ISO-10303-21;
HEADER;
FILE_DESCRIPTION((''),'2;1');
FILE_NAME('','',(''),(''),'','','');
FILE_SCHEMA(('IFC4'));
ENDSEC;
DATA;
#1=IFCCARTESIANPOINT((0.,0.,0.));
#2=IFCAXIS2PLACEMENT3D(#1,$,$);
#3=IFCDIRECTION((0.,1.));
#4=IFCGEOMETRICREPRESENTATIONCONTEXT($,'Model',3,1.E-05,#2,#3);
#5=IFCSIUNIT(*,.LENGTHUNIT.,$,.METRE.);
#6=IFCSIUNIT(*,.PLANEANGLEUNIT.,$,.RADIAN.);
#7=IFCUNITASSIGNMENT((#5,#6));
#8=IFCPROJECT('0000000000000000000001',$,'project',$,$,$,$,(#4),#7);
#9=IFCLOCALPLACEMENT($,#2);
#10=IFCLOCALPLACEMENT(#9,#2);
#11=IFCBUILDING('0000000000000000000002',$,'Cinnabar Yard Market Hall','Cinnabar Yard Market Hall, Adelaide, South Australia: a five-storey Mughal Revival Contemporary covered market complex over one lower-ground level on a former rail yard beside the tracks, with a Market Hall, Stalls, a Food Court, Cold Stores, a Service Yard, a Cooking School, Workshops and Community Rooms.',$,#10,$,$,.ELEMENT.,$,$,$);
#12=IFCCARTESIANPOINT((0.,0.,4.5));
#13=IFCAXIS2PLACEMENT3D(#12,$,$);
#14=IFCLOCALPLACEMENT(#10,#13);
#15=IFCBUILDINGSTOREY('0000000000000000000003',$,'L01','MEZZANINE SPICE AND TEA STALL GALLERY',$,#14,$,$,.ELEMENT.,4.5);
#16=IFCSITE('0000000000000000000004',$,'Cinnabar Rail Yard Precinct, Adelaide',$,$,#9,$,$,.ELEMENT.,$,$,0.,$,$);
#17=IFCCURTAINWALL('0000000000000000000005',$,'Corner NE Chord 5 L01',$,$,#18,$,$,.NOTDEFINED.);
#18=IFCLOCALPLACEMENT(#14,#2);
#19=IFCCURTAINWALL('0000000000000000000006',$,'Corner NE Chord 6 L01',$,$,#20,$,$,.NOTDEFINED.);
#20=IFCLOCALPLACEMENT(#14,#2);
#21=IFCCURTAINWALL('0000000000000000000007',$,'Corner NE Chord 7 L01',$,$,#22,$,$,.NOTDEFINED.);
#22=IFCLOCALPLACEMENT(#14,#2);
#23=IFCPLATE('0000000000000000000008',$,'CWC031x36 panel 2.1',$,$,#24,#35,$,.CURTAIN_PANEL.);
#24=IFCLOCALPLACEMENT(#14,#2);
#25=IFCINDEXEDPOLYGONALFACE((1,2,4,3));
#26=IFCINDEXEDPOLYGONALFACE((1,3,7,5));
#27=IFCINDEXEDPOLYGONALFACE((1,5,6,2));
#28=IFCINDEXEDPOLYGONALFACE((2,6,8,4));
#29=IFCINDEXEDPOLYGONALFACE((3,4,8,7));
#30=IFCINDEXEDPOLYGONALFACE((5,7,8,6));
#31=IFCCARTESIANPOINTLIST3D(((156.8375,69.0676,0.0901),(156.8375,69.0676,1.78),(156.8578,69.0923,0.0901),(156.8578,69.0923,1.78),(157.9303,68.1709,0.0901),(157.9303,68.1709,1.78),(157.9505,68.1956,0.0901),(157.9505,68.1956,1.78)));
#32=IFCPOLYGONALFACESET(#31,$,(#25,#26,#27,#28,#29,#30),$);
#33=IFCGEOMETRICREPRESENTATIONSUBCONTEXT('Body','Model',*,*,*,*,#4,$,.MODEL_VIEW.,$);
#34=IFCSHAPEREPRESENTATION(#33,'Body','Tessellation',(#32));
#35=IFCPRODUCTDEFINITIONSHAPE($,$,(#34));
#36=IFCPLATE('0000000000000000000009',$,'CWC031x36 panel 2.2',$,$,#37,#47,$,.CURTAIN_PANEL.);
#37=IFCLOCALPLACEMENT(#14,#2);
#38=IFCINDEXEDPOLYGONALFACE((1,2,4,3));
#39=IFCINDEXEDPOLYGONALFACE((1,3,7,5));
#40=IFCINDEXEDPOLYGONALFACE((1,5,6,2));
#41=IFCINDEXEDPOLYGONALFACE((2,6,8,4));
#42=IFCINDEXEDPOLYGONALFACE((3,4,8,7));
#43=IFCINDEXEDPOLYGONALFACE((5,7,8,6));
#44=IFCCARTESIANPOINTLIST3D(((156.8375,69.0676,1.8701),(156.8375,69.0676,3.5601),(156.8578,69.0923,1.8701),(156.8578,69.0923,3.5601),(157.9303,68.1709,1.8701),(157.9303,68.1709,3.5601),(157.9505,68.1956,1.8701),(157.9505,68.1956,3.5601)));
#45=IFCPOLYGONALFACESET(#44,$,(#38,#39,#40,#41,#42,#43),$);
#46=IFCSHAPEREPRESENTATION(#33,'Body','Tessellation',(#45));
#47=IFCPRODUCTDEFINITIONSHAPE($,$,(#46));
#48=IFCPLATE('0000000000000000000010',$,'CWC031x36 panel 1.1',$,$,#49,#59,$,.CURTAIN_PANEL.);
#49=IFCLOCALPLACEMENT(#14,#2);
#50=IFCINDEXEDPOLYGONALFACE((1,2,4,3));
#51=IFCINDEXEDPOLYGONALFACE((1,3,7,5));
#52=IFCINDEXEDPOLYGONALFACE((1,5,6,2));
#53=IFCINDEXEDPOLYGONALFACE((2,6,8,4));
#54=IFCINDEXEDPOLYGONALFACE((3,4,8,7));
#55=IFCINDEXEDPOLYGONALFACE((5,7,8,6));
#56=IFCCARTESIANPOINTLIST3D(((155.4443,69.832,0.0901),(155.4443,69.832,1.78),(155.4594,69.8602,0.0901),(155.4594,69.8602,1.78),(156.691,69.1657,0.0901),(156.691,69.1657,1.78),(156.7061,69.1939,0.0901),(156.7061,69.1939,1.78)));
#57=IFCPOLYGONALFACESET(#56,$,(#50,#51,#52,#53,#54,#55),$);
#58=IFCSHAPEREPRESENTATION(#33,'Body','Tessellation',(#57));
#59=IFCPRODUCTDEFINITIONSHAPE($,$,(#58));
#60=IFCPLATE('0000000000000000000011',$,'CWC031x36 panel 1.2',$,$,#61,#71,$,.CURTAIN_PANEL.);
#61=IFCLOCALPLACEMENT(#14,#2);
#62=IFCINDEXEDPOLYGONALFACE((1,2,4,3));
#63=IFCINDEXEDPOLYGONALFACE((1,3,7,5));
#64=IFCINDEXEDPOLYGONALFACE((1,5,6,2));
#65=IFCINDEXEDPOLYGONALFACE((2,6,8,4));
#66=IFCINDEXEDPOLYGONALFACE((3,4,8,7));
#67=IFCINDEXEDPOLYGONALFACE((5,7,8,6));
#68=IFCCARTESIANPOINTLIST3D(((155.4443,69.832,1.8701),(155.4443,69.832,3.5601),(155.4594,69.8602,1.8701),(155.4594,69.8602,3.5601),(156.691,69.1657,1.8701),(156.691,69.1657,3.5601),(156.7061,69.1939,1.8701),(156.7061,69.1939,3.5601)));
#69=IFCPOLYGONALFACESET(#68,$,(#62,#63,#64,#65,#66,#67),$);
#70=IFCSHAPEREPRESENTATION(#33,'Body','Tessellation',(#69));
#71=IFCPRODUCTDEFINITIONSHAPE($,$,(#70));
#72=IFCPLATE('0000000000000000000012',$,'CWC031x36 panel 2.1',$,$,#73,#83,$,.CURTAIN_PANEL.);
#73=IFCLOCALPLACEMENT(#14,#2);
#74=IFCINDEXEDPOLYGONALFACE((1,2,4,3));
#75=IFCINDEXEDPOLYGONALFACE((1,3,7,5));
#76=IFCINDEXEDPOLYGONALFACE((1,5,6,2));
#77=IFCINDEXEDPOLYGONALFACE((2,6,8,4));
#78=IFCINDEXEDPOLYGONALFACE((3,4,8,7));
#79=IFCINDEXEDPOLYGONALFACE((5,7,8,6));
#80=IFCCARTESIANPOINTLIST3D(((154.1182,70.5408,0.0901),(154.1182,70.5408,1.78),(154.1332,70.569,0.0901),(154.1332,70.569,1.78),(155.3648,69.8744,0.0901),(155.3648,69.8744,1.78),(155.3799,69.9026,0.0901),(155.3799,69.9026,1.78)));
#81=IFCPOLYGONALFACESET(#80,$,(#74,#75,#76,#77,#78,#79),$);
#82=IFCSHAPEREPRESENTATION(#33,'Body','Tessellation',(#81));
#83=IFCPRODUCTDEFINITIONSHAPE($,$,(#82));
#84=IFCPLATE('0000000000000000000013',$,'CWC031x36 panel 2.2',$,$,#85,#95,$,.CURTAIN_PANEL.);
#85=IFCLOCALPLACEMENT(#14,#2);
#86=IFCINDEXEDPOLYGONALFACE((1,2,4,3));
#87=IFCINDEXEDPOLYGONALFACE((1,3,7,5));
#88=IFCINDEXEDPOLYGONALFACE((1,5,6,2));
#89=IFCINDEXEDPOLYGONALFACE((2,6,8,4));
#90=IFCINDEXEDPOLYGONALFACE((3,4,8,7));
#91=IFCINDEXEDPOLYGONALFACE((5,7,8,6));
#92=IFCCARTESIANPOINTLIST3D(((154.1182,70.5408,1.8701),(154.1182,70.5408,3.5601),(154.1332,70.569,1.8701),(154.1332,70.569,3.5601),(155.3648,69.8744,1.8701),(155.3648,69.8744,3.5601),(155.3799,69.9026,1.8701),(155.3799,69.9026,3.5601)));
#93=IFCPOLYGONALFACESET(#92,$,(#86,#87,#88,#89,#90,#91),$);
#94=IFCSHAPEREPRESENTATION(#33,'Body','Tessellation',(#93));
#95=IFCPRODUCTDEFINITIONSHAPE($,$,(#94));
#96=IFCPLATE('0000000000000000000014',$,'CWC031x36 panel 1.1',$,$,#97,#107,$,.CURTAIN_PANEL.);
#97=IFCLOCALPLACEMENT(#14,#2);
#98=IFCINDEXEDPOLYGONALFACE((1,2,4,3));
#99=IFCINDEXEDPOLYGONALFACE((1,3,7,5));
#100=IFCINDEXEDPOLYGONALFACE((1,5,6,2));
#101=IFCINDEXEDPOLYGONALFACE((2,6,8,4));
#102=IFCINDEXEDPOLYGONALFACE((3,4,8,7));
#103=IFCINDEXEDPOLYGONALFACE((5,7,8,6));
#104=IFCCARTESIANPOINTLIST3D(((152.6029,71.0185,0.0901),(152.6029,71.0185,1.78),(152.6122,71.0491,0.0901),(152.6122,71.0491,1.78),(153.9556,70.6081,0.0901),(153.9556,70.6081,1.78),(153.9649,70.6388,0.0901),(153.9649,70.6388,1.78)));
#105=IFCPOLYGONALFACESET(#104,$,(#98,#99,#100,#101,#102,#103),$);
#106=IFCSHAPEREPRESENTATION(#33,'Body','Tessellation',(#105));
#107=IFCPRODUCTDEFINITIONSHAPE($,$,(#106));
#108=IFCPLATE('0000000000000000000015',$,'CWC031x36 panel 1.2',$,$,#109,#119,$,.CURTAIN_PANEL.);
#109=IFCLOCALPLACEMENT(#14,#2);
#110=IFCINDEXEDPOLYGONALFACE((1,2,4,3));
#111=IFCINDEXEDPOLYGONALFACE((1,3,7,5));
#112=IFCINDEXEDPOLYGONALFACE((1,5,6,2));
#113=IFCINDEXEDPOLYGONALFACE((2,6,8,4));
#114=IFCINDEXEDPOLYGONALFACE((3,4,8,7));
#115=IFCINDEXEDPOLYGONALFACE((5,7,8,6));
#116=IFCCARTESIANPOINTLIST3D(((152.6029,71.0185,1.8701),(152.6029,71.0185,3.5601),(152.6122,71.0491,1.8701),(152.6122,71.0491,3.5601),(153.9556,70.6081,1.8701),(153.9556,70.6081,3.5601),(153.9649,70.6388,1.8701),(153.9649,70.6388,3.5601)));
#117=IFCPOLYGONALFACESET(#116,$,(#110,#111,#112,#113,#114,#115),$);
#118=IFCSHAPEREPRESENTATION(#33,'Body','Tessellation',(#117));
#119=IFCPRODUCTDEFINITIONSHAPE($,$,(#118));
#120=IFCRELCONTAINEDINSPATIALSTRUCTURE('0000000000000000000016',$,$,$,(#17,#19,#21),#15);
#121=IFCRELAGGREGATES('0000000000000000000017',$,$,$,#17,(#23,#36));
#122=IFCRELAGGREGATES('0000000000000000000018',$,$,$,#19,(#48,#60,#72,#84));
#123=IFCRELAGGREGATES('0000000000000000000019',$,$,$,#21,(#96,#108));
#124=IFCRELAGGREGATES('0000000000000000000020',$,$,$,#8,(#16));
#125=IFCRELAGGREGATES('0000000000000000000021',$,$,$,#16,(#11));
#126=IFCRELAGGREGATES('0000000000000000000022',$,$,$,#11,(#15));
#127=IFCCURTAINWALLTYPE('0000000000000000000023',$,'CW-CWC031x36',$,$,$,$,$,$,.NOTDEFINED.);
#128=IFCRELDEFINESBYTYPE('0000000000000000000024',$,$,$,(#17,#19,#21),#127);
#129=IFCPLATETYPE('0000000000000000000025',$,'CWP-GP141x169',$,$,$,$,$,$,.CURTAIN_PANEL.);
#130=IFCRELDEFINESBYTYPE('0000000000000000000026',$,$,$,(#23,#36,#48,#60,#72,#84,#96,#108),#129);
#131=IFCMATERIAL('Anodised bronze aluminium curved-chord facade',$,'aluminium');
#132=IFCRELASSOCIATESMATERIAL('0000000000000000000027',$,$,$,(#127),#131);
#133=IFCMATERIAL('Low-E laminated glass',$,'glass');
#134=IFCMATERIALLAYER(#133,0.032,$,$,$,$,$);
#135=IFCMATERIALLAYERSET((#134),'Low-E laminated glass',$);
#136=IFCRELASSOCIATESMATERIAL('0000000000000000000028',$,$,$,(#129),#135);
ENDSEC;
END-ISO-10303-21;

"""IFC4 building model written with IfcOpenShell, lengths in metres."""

from ifc_helpers import new_model, si_unit, direction, frame, origin, origin_2d_with_axis, place, context, subcontext, project, spatial, rectangle, extrude, material, layer, layer_set, type_object, element, aggregate, save


model = new_model("IFC4")

# Units and contexts
model_context = context("Model", 3, precision=1e-05, world=origin(), true_north=direction((0.0, 1.0)))
body_context = subcontext(model_context, "Body", "Model", "MODEL_VIEW")
ifc_project = project(units=[si_unit("LENGTHUNIT", "METRE"), si_unit("PLANEANGLEUNIT", "RADIAN")], contexts=[model_context])

# Site, building, storey
site_placement = place(None, origin())
site = spatial("IfcSite", under=ifc_project, at=site_placement, Name="Cinnabar Rail Yard Precinct, Adelaide", CompositionType="ELEMENT", RefElevation=0.0)
building_placement = place(site_placement, origin())
building = spatial("IfcBuilding", under=site, at=building_placement, Name="Cinnabar Yard Market Hall", Description="Cinnabar Yard Market Hall, Adelaide, South Australia: a five-storey Mughal Revival Contemporary covered market complex over one lower-ground level on a former rail yard beside the tracks, with a Market Hall, Stalls, a Food Court, Cold Stores, a Service Yard, a Cooking School, Workshops and Community Rooms.", CompositionType="ELEMENT")
storey_placement = place(building_placement, frame((0.0, 0.0, 4.5)))
storey = spatial("IfcBuildingStorey", under=building, at=storey_placement, Name="L01", Description="MEZZANINE SPICE AND TEA STALL GALLERY", CompositionType="ELEMENT", Elevation=4.5)

# Curtain walls
ifc_material_1 = material(Name="Anodised bronze aluminium curved-chord facade", Category="aluminium")
curtain_wall_type = type_object("IfcCurtainWallType", Name="CW-CWC031x36", PredefinedType="NOTDEFINED", material=ifc_material_1)
curtain_wall_1_placement = place(storey_placement, origin())
curtain_wall_1 = element("IfcCurtainWall", 1, at=curtain_wall_1_placement, inside=storey, type_object=curtain_wall_type, Name="Corner NE Chord 5 L01", PredefinedType="NOTDEFINED")
curtain_wall_2_placement = place(storey_placement, origin())
curtain_wall_2 = element("IfcCurtainWall", 2, at=curtain_wall_2_placement, inside=storey, type_object=curtain_wall_type, Name="Corner NE Chord 6 L01", PredefinedType="NOTDEFINED")
curtain_wall_3_placement = place(storey_placement, origin())
curtain_wall_3 = element("IfcCurtainWall", 3, at=curtain_wall_3_placement, inside=storey, type_object=curtain_wall_type, Name="Corner NE Chord 7 L01", PredefinedType="NOTDEFINED")

# Plates
ifc_material_2 = material(Name="Low-E laminated glass", Category="glass")
ifc_layer = layer(ifc_material_2, 0.032)
ifc_layer_set = layer_set([ifc_layer], Name="Low-E laminated glass")
plate_type = type_object("IfcPlateType", Name="CWP-GP141x169", PredefinedType="CURTAIN_PANEL", material=ifc_layer_set)
plate_1_placement = place(storey_placement, frame((157.394, 68.6316, 0.0901), z_axis=(0.0, 0.0, 1.0), x_axis=(-0.773019, 0.634383, 0.0)))
plate_1 = element("IfcPlate", 4, at=plate_1_placement, type_object=plate_type, Name="CWC031x36 panel 2.1", PredefinedType="CURTAIN_PANEL", context=body_context, shape_type="SweptSolid", body=[
    extrude(rectangle(XDim=1.4136, YDim=0.032, at=origin_2d_with_axis()), origin(), (0.0, 0.0, 1.0), 1.6899),
])
plate_2_placement = place(storey_placement, frame((157.394, 68.6316, 1.8701), z_axis=(0.0, 0.0, 1.0), x_axis=(-0.773019, 0.634383, 0.0)))
plate_2 = element("IfcPlate", 5, at=plate_2_placement, type_object=plate_type, Name="CWC031x36 panel 2.2", PredefinedType="CURTAIN_PANEL", context=body_context, shape_type="SweptSolid", body=[
    extrude(rectangle(XDim=1.4136, YDim=0.032, at=origin_2d_with_axis()), origin(), (0.0, 0.0, 1.0), 1.6899),
])
aggregate(curtain_wall_1, [plate_1, plate_2])
plate_3_placement = place(storey_placement, frame((156.0752, 69.5129, 0.0901), z_axis=(0.0, 0.0, 1.0), x_axis=(-0.881917, 0.471404, 0.0)))
plate_3 = element("IfcPlate", 6, at=plate_3_placement, type_object=plate_type, Name="CWC031x36 panel 1.1", PredefinedType="CURTAIN_PANEL", context=body_context, shape_type="SweptSolid", body=[
    extrude(rectangle(XDim=1.4136, YDim=0.032, at=origin_2d_with_axis()), origin(), (0.0, 0.0, 1.0), 1.6899),
])
plate_4_placement = place(storey_placement, frame((156.0752, 69.5129, 1.8701), z_axis=(0.0, 0.0, 1.0), x_axis=(-0.881917, 0.471404, 0.0)))
plate_4 = element("IfcPlate", 7, at=plate_4_placement, type_object=plate_type, Name="CWC031x36 panel 1.2", PredefinedType="CURTAIN_PANEL", context=body_context, shape_type="SweptSolid", body=[
    extrude(rectangle(XDim=1.4136, YDim=0.032, at=origin_2d_with_axis()), origin(), (0.0, 0.0, 1.0), 1.6899),
])
plate_5_placement = place(storey_placement, frame((154.749, 70.2217, 0.0901), z_axis=(0.0, 0.0, 1.0), x_axis=(-0.881917, 0.471404, 0.0)))
plate_5 = element("IfcPlate", 8, at=plate_5_placement, type_object=plate_type, Name="CWC031x36 panel 2.1", PredefinedType="CURTAIN_PANEL", context=body_context, shape_type="SweptSolid", body=[
    extrude(rectangle(XDim=1.4136, YDim=0.032, at=origin_2d_with_axis()), origin(), (0.0, 0.0, 1.0), 1.6899),
])
plate_6_placement = place(storey_placement, frame((154.749, 70.2217, 1.8701), z_axis=(0.0, 0.0, 1.0), x_axis=(-0.881917, 0.471404, 0.0)))
plate_6 = element("IfcPlate", 9, at=plate_6_placement, type_object=plate_type, Name="CWC031x36 panel 2.2", PredefinedType="CURTAIN_PANEL", context=body_context, shape_type="SweptSolid", body=[
    extrude(rectangle(XDim=1.4136, YDim=0.032, at=origin_2d_with_axis()), origin(), (0.0, 0.0, 1.0), 1.6899),
])
aggregate(curtain_wall_2, [plate_3, plate_4, plate_5, plate_6])
plate_7_placement = place(storey_placement, frame((153.2839, 70.8286, 0.0901), z_axis=(0.0, 0.0, 1.0), x_axis=(-0.956942, 0.290279, 0.0)))
plate_7 = element("IfcPlate", 10, at=plate_7_placement, type_object=plate_type, Name="CWC031x36 panel 1.1", PredefinedType="CURTAIN_PANEL", context=body_context, shape_type="SweptSolid", body=[
    extrude(rectangle(XDim=1.4136, YDim=0.032, at=origin_2d_with_axis()), origin(), (0.0, 0.0, 1.0), 1.6899),
])
plate_8_placement = place(storey_placement, frame((153.2839, 70.8286, 1.8701), z_axis=(0.0, 0.0, 1.0), x_axis=(-0.956942, 0.290279, 0.0)))
plate_8 = element("IfcPlate", 11, at=plate_8_placement, type_object=plate_type, Name="CWC031x36 panel 1.2", PredefinedType="CURTAIN_PANEL", context=body_context, shape_type="SweptSolid", body=[
    extrude(rectangle(XDim=1.4136, YDim=0.032, at=origin_2d_with_axis()), origin(), (0.0, 0.0, 1.0), 1.6899),
])
aggregate(curtain_wall_3, [plate_7, plate_8])

save(model, "model.ifc")
